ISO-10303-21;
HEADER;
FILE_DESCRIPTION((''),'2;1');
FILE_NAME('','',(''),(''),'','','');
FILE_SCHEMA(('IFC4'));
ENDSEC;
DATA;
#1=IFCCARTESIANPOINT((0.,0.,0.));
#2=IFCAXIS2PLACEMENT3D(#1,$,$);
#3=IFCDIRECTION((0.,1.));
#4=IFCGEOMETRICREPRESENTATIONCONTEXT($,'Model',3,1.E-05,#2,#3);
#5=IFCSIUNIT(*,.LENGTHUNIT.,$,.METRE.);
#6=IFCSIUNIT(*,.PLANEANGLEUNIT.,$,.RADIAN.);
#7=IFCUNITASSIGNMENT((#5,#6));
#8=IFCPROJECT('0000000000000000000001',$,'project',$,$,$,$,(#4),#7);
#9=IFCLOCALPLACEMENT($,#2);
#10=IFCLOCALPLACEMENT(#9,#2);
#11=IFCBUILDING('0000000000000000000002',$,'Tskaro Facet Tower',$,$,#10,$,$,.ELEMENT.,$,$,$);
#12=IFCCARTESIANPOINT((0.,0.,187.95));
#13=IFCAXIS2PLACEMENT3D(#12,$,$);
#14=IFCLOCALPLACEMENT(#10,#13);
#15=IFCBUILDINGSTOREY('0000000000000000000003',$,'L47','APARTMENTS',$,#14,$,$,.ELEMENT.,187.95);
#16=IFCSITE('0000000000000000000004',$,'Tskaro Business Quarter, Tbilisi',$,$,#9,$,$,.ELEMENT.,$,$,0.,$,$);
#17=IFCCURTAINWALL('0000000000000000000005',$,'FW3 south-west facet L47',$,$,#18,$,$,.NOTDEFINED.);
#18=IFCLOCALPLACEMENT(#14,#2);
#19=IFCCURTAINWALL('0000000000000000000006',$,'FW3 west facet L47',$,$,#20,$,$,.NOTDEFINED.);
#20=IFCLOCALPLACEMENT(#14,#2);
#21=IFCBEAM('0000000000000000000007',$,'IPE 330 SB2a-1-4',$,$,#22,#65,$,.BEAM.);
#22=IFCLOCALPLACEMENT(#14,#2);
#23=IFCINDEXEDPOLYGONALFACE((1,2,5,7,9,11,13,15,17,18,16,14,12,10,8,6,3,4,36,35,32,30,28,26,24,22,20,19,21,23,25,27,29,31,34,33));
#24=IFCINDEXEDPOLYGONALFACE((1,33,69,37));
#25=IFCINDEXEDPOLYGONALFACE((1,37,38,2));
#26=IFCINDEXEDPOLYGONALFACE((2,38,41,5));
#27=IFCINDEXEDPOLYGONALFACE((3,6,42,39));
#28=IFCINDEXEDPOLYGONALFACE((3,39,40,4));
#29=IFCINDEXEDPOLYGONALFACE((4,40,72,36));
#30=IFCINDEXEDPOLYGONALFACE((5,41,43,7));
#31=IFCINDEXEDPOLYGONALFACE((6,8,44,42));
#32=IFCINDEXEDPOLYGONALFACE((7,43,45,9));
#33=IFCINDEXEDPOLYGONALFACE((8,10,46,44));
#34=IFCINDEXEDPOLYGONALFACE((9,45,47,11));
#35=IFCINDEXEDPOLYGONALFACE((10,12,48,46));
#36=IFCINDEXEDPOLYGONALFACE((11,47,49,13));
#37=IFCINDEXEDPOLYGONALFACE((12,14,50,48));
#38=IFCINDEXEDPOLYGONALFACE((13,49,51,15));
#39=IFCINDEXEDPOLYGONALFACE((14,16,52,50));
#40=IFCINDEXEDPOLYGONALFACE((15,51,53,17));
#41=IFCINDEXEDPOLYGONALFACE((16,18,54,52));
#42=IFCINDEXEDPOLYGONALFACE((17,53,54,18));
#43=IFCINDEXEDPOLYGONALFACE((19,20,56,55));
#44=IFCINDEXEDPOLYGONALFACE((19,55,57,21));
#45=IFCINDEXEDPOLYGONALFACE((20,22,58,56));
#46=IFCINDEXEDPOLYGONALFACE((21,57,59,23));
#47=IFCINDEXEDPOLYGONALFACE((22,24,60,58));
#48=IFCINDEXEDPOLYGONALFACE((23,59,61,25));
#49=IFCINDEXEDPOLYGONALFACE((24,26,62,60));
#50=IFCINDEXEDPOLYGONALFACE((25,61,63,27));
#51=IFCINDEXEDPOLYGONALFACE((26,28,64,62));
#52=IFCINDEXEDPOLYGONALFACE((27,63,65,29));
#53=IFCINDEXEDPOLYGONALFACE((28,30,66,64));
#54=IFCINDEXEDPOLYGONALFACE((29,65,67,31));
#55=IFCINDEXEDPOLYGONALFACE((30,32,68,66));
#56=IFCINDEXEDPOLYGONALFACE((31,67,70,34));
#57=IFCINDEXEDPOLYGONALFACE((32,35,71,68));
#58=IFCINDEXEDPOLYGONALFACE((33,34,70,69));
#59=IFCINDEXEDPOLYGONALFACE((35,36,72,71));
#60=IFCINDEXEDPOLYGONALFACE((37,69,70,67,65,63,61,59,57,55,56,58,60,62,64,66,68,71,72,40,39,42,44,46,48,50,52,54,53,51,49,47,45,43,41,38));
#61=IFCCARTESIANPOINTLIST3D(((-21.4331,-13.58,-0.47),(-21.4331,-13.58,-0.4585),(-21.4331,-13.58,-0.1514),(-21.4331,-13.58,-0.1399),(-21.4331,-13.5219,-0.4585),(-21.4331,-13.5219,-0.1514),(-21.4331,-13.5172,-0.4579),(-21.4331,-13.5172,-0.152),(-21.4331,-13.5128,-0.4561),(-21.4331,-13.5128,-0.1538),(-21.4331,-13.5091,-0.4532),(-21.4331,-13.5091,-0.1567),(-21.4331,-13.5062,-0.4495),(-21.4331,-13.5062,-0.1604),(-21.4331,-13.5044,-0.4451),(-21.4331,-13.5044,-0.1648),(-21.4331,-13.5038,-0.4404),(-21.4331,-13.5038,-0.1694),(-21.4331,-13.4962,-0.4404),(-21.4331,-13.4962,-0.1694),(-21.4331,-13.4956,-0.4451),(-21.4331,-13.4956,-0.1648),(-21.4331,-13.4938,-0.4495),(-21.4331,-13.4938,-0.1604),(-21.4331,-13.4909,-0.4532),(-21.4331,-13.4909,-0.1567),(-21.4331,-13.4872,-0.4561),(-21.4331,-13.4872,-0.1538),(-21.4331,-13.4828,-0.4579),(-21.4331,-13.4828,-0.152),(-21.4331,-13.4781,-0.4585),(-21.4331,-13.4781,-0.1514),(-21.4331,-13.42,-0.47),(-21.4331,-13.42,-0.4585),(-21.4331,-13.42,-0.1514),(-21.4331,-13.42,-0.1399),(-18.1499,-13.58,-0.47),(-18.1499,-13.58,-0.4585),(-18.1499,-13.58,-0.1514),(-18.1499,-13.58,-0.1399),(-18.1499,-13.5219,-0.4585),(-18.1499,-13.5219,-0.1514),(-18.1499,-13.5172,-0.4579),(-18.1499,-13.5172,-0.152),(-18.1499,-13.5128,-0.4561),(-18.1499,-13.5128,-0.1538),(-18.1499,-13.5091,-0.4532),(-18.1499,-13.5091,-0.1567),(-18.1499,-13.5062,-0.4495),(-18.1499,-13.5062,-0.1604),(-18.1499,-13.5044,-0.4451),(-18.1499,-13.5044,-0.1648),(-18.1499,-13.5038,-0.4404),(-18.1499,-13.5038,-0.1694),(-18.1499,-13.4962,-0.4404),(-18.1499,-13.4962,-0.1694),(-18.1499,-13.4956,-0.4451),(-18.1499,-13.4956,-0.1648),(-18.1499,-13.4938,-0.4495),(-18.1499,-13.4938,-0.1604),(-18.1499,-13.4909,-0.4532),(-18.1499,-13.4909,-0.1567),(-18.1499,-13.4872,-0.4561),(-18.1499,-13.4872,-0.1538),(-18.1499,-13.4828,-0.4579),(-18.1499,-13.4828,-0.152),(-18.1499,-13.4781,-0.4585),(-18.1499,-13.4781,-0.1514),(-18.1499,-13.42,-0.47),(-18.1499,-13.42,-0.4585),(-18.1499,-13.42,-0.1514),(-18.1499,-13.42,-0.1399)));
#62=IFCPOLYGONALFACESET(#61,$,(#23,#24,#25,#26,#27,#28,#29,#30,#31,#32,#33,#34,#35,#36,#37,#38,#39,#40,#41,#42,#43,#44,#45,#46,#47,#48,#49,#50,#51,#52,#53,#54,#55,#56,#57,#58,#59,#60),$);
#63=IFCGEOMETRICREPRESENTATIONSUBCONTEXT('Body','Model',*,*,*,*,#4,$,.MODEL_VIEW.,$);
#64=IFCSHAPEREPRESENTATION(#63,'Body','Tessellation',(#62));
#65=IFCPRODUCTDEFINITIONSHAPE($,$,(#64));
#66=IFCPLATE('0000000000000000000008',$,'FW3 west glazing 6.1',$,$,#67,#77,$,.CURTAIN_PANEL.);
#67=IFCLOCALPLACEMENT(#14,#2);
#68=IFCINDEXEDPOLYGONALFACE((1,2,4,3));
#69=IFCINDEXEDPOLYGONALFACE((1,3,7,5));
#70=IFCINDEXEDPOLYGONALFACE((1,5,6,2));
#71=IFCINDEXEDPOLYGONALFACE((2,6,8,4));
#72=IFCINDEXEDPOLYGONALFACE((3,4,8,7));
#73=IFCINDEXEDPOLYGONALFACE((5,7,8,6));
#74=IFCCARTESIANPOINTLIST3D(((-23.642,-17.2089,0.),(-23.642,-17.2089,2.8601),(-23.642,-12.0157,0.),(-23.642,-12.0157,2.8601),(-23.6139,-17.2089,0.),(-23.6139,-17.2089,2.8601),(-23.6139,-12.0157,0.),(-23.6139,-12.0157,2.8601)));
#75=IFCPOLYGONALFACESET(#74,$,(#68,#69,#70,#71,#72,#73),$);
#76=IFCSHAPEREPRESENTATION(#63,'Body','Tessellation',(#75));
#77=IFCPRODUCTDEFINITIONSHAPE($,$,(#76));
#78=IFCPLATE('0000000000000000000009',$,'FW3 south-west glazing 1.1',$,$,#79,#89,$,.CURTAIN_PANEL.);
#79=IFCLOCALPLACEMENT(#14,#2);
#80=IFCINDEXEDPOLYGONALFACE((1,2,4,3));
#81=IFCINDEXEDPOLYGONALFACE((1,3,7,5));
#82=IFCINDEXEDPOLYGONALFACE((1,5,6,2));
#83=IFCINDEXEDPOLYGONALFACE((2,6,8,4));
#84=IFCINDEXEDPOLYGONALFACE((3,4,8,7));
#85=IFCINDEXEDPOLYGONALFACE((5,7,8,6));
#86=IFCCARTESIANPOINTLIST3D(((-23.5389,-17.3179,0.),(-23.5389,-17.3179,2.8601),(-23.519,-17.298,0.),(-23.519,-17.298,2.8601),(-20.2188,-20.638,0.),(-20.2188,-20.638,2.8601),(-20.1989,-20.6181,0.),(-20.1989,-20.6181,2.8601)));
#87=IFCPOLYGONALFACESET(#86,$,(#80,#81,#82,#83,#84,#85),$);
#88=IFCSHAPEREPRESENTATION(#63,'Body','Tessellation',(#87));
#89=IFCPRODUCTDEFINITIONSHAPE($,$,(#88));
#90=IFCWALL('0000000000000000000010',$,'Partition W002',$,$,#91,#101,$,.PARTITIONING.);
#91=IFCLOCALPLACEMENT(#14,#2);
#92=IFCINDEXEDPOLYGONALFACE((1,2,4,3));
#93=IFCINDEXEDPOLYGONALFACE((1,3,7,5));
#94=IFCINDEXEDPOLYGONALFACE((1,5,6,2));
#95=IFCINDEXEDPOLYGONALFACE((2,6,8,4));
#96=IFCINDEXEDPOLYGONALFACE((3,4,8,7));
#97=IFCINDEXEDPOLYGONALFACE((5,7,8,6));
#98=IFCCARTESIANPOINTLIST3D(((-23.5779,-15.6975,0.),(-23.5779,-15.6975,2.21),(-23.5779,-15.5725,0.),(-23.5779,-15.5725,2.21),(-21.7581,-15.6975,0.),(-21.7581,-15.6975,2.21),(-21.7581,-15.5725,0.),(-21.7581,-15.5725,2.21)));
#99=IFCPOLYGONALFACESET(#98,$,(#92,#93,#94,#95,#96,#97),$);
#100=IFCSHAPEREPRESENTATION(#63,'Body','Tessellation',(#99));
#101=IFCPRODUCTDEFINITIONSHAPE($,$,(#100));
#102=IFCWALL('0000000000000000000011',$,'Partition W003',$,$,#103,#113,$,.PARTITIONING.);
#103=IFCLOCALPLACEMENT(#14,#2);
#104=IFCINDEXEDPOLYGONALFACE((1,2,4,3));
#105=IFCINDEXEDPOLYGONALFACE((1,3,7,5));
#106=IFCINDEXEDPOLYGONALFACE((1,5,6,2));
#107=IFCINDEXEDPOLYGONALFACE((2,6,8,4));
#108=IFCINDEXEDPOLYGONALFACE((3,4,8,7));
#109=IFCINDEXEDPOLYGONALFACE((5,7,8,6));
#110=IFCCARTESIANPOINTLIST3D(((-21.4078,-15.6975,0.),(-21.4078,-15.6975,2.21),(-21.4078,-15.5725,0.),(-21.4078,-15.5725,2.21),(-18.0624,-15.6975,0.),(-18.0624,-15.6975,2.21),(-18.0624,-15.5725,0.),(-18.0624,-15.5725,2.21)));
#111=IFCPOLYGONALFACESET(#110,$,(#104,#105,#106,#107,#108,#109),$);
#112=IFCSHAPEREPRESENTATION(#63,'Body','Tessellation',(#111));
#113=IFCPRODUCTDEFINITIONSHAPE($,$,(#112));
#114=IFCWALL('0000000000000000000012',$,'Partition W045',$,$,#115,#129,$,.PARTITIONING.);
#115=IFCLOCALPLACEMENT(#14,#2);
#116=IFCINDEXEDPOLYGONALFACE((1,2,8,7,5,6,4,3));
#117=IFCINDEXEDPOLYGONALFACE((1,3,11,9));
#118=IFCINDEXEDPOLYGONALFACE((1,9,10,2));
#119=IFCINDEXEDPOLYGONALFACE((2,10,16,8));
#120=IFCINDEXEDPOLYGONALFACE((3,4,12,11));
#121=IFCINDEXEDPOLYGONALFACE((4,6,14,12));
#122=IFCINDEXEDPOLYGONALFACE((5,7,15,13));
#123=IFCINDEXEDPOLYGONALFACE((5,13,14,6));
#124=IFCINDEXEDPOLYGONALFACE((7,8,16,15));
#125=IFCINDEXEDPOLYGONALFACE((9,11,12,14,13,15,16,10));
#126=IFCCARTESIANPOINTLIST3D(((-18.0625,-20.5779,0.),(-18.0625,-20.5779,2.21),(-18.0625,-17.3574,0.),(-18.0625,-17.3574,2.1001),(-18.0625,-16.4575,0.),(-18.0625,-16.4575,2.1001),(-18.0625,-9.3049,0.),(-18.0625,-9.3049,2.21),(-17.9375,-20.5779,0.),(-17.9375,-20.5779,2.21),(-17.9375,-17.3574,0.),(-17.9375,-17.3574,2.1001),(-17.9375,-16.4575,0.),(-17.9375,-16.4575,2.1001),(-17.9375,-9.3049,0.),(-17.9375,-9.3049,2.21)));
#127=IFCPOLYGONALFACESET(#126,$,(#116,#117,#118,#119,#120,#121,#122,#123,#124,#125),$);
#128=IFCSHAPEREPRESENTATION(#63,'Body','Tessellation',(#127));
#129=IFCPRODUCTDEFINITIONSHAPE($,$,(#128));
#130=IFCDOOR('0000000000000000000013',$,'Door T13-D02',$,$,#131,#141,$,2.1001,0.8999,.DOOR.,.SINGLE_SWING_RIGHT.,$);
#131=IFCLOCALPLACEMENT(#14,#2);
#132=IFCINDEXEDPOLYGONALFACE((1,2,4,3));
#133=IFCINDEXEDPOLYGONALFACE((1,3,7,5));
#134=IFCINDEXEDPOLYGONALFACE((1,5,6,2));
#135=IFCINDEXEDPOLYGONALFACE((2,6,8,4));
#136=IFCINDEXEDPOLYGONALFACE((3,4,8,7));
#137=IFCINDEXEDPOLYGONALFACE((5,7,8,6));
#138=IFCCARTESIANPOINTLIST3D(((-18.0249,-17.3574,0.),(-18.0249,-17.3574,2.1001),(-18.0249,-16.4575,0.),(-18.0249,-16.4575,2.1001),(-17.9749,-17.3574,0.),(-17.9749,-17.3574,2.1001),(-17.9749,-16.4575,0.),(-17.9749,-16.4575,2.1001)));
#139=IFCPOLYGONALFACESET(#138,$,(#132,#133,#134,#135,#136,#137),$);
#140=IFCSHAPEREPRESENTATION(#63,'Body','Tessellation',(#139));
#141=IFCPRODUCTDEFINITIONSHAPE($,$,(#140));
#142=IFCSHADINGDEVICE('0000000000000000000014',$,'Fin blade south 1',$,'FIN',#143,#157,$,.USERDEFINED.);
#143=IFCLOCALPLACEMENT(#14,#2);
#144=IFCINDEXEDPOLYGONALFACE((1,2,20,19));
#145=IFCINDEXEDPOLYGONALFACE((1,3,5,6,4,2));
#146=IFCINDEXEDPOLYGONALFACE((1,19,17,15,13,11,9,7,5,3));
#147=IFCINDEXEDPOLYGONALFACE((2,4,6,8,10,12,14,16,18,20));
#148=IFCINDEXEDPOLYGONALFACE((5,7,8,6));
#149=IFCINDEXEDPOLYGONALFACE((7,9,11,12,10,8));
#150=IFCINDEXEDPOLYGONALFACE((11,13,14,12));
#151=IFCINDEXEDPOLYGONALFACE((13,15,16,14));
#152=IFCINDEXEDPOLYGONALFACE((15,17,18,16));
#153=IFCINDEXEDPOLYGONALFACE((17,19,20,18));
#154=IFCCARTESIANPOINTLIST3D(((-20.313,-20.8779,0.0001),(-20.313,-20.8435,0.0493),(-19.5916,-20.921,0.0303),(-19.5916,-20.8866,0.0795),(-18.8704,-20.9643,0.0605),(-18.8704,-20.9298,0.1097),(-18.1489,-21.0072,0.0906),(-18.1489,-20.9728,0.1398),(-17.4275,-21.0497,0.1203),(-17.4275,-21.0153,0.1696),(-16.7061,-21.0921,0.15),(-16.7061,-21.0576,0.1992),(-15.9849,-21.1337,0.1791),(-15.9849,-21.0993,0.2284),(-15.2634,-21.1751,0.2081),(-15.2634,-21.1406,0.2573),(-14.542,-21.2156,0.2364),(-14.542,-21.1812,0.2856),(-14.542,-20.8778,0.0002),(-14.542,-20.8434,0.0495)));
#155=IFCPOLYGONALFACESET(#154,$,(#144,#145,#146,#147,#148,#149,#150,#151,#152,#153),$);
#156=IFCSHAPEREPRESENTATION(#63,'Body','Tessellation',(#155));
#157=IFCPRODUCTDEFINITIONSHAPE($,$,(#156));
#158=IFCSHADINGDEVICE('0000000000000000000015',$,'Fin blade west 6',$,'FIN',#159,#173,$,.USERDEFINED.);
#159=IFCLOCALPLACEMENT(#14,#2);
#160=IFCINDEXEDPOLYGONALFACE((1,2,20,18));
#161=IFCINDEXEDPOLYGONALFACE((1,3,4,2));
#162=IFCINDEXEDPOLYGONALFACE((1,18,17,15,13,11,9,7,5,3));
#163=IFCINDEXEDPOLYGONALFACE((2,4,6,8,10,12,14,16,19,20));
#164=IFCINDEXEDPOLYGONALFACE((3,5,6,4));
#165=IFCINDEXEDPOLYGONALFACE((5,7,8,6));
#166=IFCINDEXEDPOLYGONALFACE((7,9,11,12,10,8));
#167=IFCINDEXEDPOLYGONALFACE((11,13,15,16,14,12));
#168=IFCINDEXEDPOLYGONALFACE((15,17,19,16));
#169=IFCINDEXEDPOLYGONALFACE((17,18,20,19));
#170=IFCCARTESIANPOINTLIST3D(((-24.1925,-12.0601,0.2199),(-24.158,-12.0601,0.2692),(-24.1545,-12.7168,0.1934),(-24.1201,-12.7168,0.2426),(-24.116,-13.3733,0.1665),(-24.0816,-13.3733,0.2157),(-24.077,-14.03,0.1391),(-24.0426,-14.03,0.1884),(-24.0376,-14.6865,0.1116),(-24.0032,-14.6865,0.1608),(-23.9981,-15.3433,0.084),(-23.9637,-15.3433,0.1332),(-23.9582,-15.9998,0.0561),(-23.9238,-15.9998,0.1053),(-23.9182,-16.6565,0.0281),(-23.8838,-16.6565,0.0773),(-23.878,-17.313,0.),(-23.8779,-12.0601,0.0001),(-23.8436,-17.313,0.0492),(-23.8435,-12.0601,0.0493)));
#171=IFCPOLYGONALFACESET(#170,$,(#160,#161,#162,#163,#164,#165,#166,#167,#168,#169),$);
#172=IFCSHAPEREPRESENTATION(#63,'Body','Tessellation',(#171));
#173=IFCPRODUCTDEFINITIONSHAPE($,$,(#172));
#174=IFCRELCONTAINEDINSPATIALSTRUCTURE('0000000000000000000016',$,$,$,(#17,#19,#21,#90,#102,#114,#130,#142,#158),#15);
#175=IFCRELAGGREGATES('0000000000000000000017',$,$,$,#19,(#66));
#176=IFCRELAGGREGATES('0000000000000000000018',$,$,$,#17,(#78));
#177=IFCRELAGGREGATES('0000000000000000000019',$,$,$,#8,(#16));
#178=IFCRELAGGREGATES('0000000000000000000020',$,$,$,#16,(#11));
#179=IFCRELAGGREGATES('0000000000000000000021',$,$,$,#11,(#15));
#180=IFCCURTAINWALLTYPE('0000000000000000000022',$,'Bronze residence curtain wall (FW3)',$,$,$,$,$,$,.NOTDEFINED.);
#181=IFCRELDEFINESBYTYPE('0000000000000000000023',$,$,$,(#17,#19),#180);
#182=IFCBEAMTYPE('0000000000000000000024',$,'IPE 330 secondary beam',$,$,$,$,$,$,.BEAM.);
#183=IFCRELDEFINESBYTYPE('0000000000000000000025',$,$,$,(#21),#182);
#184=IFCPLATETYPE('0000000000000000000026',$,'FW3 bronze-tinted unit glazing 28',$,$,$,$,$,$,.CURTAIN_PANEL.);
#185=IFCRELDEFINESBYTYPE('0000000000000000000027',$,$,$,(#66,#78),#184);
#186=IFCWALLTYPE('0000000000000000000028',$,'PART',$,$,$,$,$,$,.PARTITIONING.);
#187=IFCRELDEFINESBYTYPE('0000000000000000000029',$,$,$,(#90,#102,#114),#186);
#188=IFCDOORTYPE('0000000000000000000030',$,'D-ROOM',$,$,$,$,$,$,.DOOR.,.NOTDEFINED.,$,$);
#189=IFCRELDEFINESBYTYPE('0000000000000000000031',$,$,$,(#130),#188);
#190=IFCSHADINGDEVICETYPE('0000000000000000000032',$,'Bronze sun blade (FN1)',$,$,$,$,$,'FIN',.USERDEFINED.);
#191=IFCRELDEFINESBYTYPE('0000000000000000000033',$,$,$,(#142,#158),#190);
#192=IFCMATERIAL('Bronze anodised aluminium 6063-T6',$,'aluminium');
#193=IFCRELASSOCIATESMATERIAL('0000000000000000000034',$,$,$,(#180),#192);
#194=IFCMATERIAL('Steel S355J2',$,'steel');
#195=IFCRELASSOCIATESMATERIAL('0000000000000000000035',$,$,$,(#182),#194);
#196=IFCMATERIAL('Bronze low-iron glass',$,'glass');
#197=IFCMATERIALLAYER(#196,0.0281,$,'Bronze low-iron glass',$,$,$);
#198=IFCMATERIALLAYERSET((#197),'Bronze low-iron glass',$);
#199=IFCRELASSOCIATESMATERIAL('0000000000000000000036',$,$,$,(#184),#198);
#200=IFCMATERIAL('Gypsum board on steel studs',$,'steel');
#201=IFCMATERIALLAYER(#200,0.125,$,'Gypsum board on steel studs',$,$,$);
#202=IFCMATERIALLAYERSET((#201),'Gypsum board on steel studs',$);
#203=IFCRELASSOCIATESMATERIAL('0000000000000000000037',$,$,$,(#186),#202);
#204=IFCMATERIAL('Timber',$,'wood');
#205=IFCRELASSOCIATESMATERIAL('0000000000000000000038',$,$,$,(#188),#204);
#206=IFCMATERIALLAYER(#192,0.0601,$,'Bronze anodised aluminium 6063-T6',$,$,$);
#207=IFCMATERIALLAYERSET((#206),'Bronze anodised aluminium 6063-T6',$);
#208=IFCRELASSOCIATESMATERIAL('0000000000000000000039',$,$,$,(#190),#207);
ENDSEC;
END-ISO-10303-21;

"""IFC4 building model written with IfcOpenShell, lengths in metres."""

from ifc_helpers import new_model, si_unit, direction, frame, frame_2d, origin, origin_2d, place, context, subcontext, project, spatial, polyline, rectangle, i_section, outline, extrude, material, layer, layer_set, material_profile, profile_set, type_object, element, fill, aggregate, save


model = new_model("IFC4")

# Units and contexts
model_context = context("Model", 3, precision=1e-05, world=origin(), true_north=direction((0.0, 1.0)))
body_context = subcontext(model_context, "Body", "Model", "MODEL_VIEW")
ifc_project = project(units=[si_unit("LENGTHUNIT", "METRE"), si_unit("PLANEANGLEUNIT", "RADIAN")], contexts=[model_context])

# Site, building, storey
site_placement = place(None, origin())
site = spatial("IfcSite", under=ifc_project, at=site_placement, Name="Tskaro Business Quarter, Tbilisi", CompositionType="ELEMENT", RefElevation=0.0)
building_placement = place(site_placement, origin())
building = spatial("IfcBuilding", under=site, at=building_placement, Name="Tskaro Facet Tower", CompositionType="ELEMENT")
storey_placement = place(building_placement, frame((0.0, 0.0, 187.95)))
storey = spatial("IfcBuildingStorey", under=building, at=storey_placement, Name="L47", Description="APARTMENTS", CompositionType="ELEMENT", Elevation=187.95)

# Curtain wall
ifc_material_1 = material(Name="Bronze anodised aluminium 6063-T6", Category="aluminium")
curtain_wall_type = type_object("IfcCurtainWallType", Name="Bronze residence curtain wall (FW3)", PredefinedType="NOTDEFINED", material=ifc_material_1)
curtain_wall_1_placement = place(storey_placement, origin())
curtain_wall_1 = element("IfcCurtainWall", 1, at=curtain_wall_1_placement, inside=storey, type_object=curtain_wall_type, Name="FW3 south-west facet L47", PredefinedType="NOTDEFINED")

# Curtain wall
curtain_wall_2_placement = place(storey_placement, origin())
curtain_wall_2 = element("IfcCurtainWall", 2, at=curtain_wall_2_placement, inside=storey, type_object=curtain_wall_type, Name="FW3 west facet L47", PredefinedType="NOTDEFINED")

# Beam
ifc_material_2 = material(Name="Steel S355J2", Category="steel")
ifc_material_profile_1 = material_profile(ifc_material_2, i_section(OverallWidth=0.1599, OverallDepth=0.3301, WebThickness=0.0076, FlangeThickness=0.0115, FilletRadius=0.0181, at=origin_2d()), Name="IPE 330")
ifc_profile_set_1 = profile_set([ifc_material_profile_1], Name="Steel S355J2")
beam_type_1 = type_object("IfcBeamType", Name="IPE 330 secondary beam", PredefinedType="BEAM", material=ifc_profile_set_1)
beam_1_placement = place(storey_placement, frame((-21.4331, -13.5, -0.3049), z_axis=(1.0, 0.0, 0.0), x_axis=(0.0, 1.0, 0.0)))
element("IfcBeam", 3, at=beam_1_placement, inside=storey, type_object=beam_type_1, Name="IPE 330 SB2a-1-4", PredefinedType="BEAM", context=body_context, shape_type="SweptSolid", body=[
    extrude(i_section(OverallWidth=0.1599, OverallDepth=0.3301, WebThickness=0.0076, FlangeThickness=0.0115, FilletRadius=0.0181, at=origin_2d()), origin(), (0.0, 0.0, 1.0), 3.2832),
])

# Plates
ifc_material_3 = material(Name="Bronze low-iron glass", Category="glass")
ifc_layer_1 = layer(ifc_material_3, 0.0281, Name="Bronze low-iron glass")
ifc_layer_set_1 = layer_set([ifc_layer_1], Name="Bronze low-iron glass")
plate_type = type_object("IfcPlateType", Name="FW3 bronze-tinted unit glazing 28", PredefinedType="CURTAIN_PANEL", material=ifc_layer_set_1)
plate_1_placement = place(storey_placement, frame((-23.6279, -14.6123, 0.0), z_axis=(0.0, 0.0, 1.0), x_axis=(0.0, -1.0, 0.0)))
plate_1 = element("IfcPlate", 4, at=plate_1_placement, type_object=plate_type, Name="FW3 west glazing 6.1", PredefinedType="CURTAIN_PANEL", context=body_context, shape_type="SweptSolid", body=[
    extrude(rectangle(XDim=5.1931, YDim=0.0281, at=origin_2d()), origin(), (0.0, 0.0, 1.0), 2.8601),
])
aggregate(curtain_wall_2, [plate_1])
plate_2_placement = place(storey_placement, frame((-21.8689, -18.968, 0.0), z_axis=(0.0, 0.0, 1.0), x_axis=(0.707107, -0.707107, 0.0)))
plate_2 = element("IfcPlate", 5, at=plate_2_placement, type_object=plate_type, Name="FW3 south-west glazing 1.1", PredefinedType="CURTAIN_PANEL", context=body_context, shape_type="SweptSolid", body=[
    extrude(rectangle(XDim=4.6953, YDim=0.0281, at=origin_2d()), origin(), (0.0, 0.0, 1.0), 2.8601),
])
aggregate(curtain_wall_1, [plate_2])

# Walls
ifc_material_4 = material(Name="Gypsum board on steel studs", Category="steel")
ifc_layer_2 = layer(ifc_material_4, 0.125, Name="Gypsum board on steel studs")
ifc_layer_set_2 = layer_set([ifc_layer_2], Name="Gypsum board on steel studs")
wall_type = type_object("IfcWallType", Name="PART", PredefinedType="PARTITIONING", material=ifc_layer_set_2)
wall_1_placement = place(storey_placement, frame((-23.5779, -15.635, 0.0), z_axis=(0.0, 0.0, 1.0), x_axis=(1.0, 0.0, 0.0)))
element("IfcWall", 6, at=wall_1_placement, inside=storey, type_object=wall_type, Name="Partition W002", PredefinedType="PARTITIONING", context=body_context, shape_type="SweptSolid", body=[
    extrude(rectangle(XDim=1.8198, YDim=0.125, at=frame_2d((0.9099, 0.0))), origin(), (0.0, 0.0, 1.0), 2.21),
])
wall_2_placement = place(storey_placement, frame((-21.408, -15.635, 0.0), z_axis=(0.0, 0.0, 1.0), x_axis=(1.0, 0.0, 0.0)))
element("IfcWall", 7, at=wall_2_placement, inside=storey, type_object=wall_type, Name="Partition W003", PredefinedType="PARTITIONING", context=body_context, shape_type="SweptSolid", body=[
    extrude(rectangle(XDim=3.3455, YDim=0.125, at=frame_2d((1.6729, 0.0))), origin(), (0.0, 0.0, 1.0), 2.21),
])

# Wall, opening, door
wall_3_placement = place(storey_placement, frame((-18.0, -20.5779, 0.0), z_axis=(0.0, 0.0, 1.0), x_axis=(0.0, 1.0, 0.0)))
wall_3 = element("IfcWall", 8, at=wall_3_placement, inside=storey, type_object=wall_type, Name="Partition W045", PredefinedType="PARTITIONING", context=body_context, shape_type="SweptSolid", body=[
    extrude(rectangle(XDim=11.2729, YDim=0.125, at=frame_2d((5.6365, 0.0))), origin(), (0.0, 0.0, 1.0), 2.21),
])
opening_placement = place(wall_3_placement, frame((3.2205, 0.0, 0.0)))
opening = element("IfcOpeningElement", 9, at=opening_placement, cuts=wall_3, PredefinedType="OPENING", context=body_context, shape_type="SweptSolid", body=[
    extrude(rectangle(XDim=0.8999, YDim=2.1001, at=frame_2d((0.45, 1.05))), frame((0.0, 0.0725, 0.0), z_axis=(0.0, -1.0, 0.0), x_axis=(1.0, 0.0, 0.0)), (0.0, 0.0, 1.0), 0.145),
])
ifc_material_5 = material(Name="Timber", Category="wood")
door_type = type_object("IfcDoorType", Name="D-ROOM", OperationType="NOTDEFINED", PredefinedType="DOOR", material=ifc_material_5)
door_placement = place(opening_placement, origin())
door = element("IfcDoor", 10, at=door_placement, inside=storey, type_object=door_type, Name="Door T13-D02", OperationType="SINGLE_SWING_RIGHT", OverallHeight=2.1001, OverallWidth=0.8999, PredefinedType="DOOR", context=body_context, shape_type="SweptSolid", body=[
    extrude(rectangle(XDim=0.8999, YDim=2.1001, at=frame_2d((0.45, 1.05))), frame((0.0, 0.0249, 0.0), z_axis=(0.0, -1.0, 0.0), x_axis=(1.0, 0.0, 0.0)), (0.0, 0.0, 1.0), 0.05),
])
fill(opening, door)

# Shading devices
ifc_layer_3 = layer(ifc_material_1, 0.0601, Name="Bronze anodised aluminium 6063-T6")
ifc_layer_set_3 = layer_set([ifc_layer_3], Name="Bronze anodised aluminium 6063-T6")
shading_device_type = type_object("IfcShadingDeviceType", Name="Bronze sun blade (FN1)", ElementType="FIN", PredefinedType="USERDEFINED", material=ifc_layer_set_3)
shading_device_1_placement = place(storey_placement, frame((-20.313, -20.8435, 0.0493), z_axis=(-0.000031, 0.573074, 0.819503), x_axis=(1.0, 0.000018, 0.000025)))
element("IfcShadingDevice", 11, at=shading_device_1_placement, inside=storey, type_object=shading_device_type, Name="Fin blade south 1", ObjectType="FIN", PredefinedType="USERDEFINED", context=body_context, shape_type="SweptSolid", body=[
    extrude(outline(polyline([(0.0, 0.0), (5.771, 0.0), (5.771, -0.4121), (5.0496, -0.3627), (4.3281, -0.3122), (3.6069, -0.2614), (2.8855, -0.2097), (2.1641, -0.1578), (1.4426, -0.1054), (0.7214, -0.0526), (0.0, 0.0)])), origin(), (0.0, 0.0, -1.0), 0.0601),
])
shading_device_2_placement = place(storey_placement, frame((-23.8435, -12.0601, 0.0493), z_axis=(0.572892, -0.000028, 0.819631), x_axis=(-0.000016, -1.0, -0.000023)))
element("IfcShadingDevice", 12, at=shading_device_2_placement, inside=storey, type_object=shading_device_type, Name="Fin blade west 6", ObjectType="FIN", PredefinedType="USERDEFINED", context=body_context, shape_type="SweptSolid", body=[
    extrude(outline(polyline([(0.0, 0.0), (5.2529, 0.0), (4.5964, -0.0491), (3.9397, -0.0979), (3.2832, -0.1466), (2.6265, -0.1948), (1.97, -0.2428), (1.3132, -0.2905), (0.6567, -0.3375), (0.0, -0.3838), (0.0, 0.0)])), origin(), (0.0, 0.0, -1.0), 0.0601),
])

save(model, "model.ifc")
